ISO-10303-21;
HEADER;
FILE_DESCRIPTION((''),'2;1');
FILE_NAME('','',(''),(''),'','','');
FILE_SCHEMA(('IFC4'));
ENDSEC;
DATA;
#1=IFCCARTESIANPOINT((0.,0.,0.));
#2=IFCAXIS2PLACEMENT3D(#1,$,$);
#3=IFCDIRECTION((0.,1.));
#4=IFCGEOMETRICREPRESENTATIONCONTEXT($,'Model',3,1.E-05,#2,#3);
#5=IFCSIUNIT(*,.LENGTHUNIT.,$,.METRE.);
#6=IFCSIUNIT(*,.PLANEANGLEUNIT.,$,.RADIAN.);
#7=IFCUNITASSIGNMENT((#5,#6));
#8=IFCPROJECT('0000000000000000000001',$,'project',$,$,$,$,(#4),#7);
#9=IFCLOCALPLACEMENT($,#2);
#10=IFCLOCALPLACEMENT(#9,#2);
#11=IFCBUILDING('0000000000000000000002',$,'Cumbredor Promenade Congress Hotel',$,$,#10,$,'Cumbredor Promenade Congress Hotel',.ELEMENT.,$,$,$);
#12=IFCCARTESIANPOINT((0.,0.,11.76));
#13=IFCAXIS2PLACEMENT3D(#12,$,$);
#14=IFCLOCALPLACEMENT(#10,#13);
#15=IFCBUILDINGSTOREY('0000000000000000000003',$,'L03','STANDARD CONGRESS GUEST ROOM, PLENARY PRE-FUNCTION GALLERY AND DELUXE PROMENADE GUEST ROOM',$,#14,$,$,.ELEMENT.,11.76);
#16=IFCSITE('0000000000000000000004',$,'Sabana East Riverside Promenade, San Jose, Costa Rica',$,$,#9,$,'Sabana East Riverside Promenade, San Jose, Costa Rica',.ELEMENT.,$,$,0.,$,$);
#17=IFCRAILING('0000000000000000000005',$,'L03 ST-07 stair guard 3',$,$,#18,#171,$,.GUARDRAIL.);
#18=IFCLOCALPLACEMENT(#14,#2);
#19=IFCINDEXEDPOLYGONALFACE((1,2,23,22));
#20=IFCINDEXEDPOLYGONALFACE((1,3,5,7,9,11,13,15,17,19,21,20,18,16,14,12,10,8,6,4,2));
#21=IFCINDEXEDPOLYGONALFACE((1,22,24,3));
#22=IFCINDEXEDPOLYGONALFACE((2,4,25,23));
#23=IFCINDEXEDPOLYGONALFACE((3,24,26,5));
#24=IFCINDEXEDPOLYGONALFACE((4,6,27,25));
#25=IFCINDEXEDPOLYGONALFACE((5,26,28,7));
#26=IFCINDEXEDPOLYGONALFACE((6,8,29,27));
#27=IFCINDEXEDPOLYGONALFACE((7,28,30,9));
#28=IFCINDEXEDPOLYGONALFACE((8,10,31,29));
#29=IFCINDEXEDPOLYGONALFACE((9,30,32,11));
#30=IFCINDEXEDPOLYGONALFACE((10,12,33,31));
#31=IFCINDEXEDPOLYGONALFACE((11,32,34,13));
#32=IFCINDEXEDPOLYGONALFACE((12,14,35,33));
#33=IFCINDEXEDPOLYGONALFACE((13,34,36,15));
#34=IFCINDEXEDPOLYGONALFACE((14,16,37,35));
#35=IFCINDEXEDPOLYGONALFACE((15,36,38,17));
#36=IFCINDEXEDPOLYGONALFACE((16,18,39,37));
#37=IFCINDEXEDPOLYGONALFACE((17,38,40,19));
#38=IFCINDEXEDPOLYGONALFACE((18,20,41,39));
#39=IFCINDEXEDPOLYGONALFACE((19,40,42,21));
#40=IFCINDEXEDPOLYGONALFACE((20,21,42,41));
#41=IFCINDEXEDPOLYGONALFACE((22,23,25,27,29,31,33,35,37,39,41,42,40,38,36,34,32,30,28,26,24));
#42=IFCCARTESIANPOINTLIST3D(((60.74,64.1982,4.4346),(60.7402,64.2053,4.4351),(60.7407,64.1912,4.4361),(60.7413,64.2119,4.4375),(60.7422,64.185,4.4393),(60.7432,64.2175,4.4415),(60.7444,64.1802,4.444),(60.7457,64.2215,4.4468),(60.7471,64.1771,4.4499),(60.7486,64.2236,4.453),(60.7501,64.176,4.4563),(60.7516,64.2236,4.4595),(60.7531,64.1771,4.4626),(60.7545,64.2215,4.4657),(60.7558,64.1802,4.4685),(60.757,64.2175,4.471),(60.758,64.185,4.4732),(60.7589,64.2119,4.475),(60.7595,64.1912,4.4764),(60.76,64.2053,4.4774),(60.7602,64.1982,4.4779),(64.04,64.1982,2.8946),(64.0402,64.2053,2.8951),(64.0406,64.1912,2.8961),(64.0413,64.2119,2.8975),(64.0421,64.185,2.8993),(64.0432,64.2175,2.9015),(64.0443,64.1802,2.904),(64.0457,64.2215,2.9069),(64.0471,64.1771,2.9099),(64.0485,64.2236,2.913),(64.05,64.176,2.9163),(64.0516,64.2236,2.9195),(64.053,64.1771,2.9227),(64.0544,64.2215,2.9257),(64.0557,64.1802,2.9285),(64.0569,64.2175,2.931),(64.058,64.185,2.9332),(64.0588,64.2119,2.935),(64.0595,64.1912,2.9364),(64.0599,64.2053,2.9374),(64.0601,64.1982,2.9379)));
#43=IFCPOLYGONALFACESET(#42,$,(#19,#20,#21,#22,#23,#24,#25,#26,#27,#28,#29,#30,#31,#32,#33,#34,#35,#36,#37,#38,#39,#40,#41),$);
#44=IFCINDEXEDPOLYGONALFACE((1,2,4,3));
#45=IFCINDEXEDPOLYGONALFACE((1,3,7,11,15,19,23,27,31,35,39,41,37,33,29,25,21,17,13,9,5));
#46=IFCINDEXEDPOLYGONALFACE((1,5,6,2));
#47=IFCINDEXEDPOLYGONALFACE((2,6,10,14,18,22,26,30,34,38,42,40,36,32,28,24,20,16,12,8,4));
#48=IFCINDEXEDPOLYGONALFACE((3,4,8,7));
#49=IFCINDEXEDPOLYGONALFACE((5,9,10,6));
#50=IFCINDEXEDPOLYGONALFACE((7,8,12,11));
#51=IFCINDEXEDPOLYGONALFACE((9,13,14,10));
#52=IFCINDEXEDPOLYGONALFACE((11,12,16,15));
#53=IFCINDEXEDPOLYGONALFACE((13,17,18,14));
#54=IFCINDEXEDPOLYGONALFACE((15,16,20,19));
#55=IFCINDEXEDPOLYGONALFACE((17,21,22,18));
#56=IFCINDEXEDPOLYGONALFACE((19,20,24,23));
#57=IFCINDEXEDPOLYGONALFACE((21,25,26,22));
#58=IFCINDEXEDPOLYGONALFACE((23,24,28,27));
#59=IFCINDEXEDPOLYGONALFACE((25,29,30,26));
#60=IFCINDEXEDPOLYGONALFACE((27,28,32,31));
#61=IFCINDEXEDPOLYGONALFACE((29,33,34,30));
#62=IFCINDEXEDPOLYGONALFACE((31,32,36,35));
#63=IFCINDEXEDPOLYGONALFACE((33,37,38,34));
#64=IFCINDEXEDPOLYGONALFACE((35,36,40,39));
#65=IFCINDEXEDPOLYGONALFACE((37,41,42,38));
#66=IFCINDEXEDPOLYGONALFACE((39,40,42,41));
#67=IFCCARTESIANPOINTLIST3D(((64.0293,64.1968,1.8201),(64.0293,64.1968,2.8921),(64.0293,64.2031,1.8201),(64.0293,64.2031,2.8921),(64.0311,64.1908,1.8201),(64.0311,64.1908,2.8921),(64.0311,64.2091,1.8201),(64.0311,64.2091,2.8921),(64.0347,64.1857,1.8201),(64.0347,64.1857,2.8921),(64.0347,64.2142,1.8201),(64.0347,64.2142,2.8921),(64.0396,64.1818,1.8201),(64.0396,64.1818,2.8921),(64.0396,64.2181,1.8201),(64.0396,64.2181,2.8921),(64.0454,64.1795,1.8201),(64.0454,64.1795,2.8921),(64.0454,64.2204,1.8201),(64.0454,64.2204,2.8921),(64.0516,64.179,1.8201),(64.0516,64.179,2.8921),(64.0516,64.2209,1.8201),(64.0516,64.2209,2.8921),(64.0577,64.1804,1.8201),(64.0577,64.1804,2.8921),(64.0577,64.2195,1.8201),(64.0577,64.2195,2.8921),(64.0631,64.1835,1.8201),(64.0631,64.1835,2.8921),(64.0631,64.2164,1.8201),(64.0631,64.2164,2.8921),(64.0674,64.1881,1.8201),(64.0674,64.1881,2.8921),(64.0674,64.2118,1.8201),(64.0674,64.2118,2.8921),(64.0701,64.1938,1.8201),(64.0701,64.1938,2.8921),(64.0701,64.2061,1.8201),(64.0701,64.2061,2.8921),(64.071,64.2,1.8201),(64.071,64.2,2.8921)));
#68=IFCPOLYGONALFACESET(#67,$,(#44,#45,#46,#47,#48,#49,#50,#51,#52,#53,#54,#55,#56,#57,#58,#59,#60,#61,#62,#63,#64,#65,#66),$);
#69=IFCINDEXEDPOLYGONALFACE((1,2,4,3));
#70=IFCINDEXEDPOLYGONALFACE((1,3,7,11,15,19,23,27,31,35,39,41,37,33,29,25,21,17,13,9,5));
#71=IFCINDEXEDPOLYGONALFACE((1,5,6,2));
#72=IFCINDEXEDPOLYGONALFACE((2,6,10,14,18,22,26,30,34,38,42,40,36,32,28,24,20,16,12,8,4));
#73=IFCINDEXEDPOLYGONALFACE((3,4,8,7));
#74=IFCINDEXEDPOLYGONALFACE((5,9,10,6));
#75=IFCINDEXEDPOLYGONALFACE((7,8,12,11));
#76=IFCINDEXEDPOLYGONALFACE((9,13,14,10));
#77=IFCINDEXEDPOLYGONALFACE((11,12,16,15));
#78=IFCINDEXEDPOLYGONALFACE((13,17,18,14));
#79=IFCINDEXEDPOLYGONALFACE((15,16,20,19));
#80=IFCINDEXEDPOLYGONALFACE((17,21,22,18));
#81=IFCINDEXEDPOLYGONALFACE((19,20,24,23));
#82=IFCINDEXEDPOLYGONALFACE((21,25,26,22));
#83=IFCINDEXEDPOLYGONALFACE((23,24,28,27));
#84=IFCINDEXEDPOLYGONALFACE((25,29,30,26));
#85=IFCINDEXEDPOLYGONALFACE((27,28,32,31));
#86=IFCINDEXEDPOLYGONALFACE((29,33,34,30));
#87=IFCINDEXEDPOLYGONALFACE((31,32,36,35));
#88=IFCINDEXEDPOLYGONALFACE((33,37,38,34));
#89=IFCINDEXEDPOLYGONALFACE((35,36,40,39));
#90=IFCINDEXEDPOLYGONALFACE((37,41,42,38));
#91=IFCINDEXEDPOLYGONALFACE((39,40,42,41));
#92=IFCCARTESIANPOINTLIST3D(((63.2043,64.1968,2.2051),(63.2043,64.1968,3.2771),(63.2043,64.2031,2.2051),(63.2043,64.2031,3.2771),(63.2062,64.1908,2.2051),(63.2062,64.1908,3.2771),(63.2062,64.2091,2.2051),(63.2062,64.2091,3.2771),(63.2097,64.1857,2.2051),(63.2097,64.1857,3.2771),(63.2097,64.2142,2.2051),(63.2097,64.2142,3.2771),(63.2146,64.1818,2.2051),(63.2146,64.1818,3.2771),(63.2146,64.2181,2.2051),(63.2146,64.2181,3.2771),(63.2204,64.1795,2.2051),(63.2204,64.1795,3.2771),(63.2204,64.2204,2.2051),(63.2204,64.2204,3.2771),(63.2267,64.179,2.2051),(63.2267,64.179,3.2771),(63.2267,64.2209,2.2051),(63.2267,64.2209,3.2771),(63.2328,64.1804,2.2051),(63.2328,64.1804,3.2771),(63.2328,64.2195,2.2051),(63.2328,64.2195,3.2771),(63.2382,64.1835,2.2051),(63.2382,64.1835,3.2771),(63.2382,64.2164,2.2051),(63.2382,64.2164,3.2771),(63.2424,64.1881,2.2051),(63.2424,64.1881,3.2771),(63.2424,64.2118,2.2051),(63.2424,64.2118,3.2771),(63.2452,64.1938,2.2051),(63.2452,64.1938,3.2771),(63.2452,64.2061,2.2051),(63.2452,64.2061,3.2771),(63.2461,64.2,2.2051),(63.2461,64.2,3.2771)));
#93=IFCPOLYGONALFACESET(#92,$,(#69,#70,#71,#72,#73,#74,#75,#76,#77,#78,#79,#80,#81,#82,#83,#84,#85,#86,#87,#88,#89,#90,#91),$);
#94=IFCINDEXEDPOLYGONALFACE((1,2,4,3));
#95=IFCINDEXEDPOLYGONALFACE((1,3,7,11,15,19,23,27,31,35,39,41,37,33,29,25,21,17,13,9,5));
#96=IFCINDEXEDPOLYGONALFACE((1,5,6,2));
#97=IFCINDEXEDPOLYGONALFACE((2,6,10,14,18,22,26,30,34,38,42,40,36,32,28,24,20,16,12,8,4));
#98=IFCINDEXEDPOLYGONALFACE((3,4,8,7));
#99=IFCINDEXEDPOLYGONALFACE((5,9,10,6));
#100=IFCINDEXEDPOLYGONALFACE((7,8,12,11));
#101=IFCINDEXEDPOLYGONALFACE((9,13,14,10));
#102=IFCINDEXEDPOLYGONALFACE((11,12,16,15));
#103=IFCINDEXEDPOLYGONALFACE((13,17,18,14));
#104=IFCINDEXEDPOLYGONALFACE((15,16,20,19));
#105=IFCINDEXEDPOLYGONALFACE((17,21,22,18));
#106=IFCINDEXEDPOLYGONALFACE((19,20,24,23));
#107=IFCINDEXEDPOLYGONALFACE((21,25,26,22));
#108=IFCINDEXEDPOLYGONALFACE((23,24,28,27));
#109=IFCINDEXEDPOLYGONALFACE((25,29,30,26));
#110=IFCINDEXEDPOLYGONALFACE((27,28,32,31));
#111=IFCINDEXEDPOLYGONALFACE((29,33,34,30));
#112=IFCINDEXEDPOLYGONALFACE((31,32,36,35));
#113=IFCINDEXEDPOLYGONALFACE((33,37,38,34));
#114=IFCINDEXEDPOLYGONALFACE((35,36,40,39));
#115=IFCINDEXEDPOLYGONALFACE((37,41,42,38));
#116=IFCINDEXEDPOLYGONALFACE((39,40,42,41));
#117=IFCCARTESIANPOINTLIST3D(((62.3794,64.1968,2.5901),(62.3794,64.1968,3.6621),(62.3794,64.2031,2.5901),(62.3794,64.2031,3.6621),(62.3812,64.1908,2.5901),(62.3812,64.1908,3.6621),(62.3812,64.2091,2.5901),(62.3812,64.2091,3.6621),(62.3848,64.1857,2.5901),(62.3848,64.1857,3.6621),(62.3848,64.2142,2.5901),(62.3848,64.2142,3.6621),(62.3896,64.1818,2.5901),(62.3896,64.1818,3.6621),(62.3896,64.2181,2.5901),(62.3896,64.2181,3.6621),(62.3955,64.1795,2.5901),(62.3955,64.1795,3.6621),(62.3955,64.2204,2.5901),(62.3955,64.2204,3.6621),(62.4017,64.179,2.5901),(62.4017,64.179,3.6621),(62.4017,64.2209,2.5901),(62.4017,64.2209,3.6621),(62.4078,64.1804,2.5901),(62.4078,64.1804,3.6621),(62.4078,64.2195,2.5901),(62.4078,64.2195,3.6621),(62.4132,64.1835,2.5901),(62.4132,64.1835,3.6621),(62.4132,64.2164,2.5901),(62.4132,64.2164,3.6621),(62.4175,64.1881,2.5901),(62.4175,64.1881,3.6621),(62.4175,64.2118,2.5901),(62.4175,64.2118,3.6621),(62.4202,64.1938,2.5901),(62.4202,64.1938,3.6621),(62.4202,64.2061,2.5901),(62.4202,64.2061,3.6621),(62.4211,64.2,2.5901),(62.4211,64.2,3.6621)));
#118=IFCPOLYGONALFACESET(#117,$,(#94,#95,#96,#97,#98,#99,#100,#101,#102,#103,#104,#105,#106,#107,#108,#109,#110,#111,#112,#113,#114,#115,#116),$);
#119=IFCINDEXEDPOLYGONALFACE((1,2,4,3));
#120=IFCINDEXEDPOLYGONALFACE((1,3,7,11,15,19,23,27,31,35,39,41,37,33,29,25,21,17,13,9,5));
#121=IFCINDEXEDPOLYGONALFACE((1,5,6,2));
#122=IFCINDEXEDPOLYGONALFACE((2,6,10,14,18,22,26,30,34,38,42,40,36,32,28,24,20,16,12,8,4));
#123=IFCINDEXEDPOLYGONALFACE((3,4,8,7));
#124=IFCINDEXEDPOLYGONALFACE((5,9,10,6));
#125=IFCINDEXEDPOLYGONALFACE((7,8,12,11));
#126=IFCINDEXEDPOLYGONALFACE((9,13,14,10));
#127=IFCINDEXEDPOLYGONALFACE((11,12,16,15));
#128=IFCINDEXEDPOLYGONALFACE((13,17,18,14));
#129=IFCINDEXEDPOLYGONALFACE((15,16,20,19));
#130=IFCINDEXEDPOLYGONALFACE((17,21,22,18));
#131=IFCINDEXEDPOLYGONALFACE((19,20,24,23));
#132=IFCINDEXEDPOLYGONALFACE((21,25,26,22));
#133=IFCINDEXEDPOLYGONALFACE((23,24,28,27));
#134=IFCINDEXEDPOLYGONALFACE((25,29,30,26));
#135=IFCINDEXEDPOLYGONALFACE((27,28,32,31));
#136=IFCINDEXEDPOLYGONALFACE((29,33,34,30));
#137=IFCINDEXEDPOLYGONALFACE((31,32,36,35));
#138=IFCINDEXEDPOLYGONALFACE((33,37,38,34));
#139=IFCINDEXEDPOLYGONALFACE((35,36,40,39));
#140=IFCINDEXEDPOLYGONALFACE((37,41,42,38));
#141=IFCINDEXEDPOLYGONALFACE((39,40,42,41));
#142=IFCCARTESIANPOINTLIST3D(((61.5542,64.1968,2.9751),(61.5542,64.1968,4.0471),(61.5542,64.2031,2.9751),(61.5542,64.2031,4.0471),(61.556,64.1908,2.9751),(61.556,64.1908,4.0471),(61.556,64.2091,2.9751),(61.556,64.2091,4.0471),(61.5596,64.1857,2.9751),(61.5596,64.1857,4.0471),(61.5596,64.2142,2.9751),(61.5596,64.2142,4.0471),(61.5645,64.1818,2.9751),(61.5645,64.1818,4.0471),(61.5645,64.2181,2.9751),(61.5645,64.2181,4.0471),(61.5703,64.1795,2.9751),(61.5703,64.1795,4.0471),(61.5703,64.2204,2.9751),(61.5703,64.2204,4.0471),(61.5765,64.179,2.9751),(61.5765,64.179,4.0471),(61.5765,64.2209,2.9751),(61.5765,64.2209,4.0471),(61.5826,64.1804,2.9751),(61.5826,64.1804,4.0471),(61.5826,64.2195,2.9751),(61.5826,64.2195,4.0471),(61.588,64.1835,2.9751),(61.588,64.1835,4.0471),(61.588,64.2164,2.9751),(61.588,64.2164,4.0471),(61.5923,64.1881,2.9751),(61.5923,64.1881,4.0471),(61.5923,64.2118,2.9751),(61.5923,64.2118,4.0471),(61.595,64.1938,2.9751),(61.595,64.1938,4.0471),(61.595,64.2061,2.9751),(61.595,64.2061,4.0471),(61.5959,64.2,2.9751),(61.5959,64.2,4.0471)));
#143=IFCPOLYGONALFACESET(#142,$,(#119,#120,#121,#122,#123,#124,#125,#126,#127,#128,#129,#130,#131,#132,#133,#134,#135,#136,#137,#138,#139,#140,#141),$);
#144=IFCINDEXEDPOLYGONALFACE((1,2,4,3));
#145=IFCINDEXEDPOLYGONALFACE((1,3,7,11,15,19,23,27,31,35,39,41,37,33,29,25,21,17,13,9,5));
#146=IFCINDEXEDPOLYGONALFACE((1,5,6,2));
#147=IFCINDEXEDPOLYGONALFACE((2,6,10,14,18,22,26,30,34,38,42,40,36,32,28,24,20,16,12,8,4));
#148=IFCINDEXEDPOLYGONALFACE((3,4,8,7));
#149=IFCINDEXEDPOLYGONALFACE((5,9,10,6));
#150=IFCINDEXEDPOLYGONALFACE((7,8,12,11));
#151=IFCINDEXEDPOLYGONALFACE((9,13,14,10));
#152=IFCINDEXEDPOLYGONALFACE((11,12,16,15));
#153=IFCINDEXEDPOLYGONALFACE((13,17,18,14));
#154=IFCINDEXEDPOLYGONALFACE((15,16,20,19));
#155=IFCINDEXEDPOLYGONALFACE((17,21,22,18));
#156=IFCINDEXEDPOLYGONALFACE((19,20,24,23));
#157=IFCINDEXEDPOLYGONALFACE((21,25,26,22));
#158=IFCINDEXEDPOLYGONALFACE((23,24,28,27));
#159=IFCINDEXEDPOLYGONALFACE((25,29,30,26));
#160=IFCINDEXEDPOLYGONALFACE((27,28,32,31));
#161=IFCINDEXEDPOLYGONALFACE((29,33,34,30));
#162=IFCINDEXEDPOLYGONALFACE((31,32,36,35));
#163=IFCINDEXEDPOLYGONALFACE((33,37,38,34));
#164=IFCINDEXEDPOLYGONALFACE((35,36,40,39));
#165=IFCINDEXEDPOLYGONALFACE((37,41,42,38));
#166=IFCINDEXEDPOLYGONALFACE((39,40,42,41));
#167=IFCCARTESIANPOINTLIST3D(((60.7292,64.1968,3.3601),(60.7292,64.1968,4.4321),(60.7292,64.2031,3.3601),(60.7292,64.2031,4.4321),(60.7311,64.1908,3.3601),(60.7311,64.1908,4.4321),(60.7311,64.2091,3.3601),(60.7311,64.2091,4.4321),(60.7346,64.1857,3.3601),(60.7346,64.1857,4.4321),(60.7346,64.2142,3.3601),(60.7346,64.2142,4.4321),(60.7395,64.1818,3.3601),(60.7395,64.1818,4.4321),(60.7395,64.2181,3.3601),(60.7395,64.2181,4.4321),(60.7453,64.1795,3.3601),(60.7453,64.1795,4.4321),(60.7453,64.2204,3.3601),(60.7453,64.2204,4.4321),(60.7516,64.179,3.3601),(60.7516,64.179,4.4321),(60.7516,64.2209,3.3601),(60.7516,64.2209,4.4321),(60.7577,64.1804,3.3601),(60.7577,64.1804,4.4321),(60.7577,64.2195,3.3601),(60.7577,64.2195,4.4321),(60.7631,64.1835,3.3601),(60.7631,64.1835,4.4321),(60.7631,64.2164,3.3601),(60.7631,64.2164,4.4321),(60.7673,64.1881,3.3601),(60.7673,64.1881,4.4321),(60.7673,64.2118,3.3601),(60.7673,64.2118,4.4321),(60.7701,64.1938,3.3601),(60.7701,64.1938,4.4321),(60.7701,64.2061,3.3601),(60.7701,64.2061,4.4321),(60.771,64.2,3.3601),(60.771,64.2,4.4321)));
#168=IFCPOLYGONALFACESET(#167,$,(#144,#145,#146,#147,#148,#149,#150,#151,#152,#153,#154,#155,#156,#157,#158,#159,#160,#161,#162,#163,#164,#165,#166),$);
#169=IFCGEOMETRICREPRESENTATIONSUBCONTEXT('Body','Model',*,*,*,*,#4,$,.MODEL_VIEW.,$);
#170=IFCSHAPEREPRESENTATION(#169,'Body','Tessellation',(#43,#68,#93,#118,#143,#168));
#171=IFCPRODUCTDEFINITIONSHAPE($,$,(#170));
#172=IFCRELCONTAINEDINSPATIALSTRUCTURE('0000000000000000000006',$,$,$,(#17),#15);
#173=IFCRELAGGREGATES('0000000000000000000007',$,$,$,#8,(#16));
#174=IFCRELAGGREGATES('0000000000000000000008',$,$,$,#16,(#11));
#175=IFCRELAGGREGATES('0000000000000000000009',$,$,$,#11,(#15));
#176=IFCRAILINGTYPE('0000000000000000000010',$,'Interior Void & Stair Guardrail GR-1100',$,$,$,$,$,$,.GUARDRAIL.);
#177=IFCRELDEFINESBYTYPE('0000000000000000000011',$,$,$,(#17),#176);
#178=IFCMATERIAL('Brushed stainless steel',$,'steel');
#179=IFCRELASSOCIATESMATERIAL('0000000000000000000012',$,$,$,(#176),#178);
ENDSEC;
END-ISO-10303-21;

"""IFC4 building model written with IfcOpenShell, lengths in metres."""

from ifc_helpers import new_model, si_unit, direction, frame, origin, origin_2d, place, context, subcontext, project, spatial, circle, extrude, material, type_object, element, save


model = new_model("IFC4")

# Units and contexts
model_context = context("Model", 3, precision=1e-05, world=origin(), true_north=direction((0.0, 1.0)))
body_context = subcontext(model_context, "Body", "Model", "MODEL_VIEW")
ifc_project = project(units=[si_unit("LENGTHUNIT", "METRE"), si_unit("PLANEANGLEUNIT", "RADIAN")], contexts=[model_context])

# Site, building, storey
site_placement = place(None, origin())
site = spatial("IfcSite", under=ifc_project, at=site_placement, Name="Sabana East Riverside Promenade, San Jose, Costa Rica", LongName="Sabana East Riverside Promenade, San Jose, Costa Rica", CompositionType="ELEMENT", RefElevation=0.0)
building_placement = place(site_placement, origin())
building = spatial("IfcBuilding", under=site, at=building_placement, Name="Cumbredor Promenade Congress Hotel", LongName="Cumbredor Promenade Congress Hotel", CompositionType="ELEMENT")
storey_placement = place(building_placement, frame((0.0, 0.0, 11.76)))
storey = spatial("IfcBuildingStorey", under=building, at=storey_placement, Name="L03", Description="STANDARD CONGRESS GUEST ROOM, PLENARY PRE-FUNCTION GALLERY AND DELUXE PROMENADE GUEST ROOM", CompositionType="ELEMENT", Elevation=11.76)

# Railing
ifc_material_1 = material(Name="Brushed stainless steel", Category="steel")
railing_type_1 = type_object("IfcRailingType", Name="Interior Void & Stair Guardrail GR-1100", PredefinedType="GUARDRAIL", material=ifc_material_1)
railing_1_placement = place(storey_placement, frame((64.05, 64.2, 1.8201)))
element("IfcRailing", 1, at=railing_1_placement, inside=storey, type_object=railing_type_1, Name="L03 ST-07 stair guard 3", PredefinedType="GUARDRAIL", context=body_context, shape_type="SweptSolid", body=[
    extrude(circle(Radius=0.0239, at=origin_2d()), frame((0.0, 0.0, 1.0962), z_axis=(-0.906181, 0.0, 0.422889), x_axis=(0.0, -1.0, 0.0)), (0.0, 0.0, 1.0), 3.6416),
    extrude(circle(Radius=0.021, at=origin_2d()), origin(), (0.0, 0.0, 1.0), 1.072),
    extrude(circle(Radius=0.021, at=origin_2d()), frame((-0.825, 0.0, 0.385)), (0.0, 0.0, 1.0), 1.072),
    extrude(circle(Radius=0.021, at=origin_2d()), frame((-1.6499, 0.0, 0.77)), (0.0, 0.0, 1.0), 1.072),
    extrude(circle(Radius=0.021, at=origin_2d()), frame((-2.4751, 0.0, 1.155)), (0.0, 0.0, 1.0), 1.072),
    extrude(circle(Radius=0.021, at=origin_2d()), frame((-3.3, 0.0, 1.54)), (0.0, 0.0, 1.0), 1.072),
])

save(model, "model.ifc")
